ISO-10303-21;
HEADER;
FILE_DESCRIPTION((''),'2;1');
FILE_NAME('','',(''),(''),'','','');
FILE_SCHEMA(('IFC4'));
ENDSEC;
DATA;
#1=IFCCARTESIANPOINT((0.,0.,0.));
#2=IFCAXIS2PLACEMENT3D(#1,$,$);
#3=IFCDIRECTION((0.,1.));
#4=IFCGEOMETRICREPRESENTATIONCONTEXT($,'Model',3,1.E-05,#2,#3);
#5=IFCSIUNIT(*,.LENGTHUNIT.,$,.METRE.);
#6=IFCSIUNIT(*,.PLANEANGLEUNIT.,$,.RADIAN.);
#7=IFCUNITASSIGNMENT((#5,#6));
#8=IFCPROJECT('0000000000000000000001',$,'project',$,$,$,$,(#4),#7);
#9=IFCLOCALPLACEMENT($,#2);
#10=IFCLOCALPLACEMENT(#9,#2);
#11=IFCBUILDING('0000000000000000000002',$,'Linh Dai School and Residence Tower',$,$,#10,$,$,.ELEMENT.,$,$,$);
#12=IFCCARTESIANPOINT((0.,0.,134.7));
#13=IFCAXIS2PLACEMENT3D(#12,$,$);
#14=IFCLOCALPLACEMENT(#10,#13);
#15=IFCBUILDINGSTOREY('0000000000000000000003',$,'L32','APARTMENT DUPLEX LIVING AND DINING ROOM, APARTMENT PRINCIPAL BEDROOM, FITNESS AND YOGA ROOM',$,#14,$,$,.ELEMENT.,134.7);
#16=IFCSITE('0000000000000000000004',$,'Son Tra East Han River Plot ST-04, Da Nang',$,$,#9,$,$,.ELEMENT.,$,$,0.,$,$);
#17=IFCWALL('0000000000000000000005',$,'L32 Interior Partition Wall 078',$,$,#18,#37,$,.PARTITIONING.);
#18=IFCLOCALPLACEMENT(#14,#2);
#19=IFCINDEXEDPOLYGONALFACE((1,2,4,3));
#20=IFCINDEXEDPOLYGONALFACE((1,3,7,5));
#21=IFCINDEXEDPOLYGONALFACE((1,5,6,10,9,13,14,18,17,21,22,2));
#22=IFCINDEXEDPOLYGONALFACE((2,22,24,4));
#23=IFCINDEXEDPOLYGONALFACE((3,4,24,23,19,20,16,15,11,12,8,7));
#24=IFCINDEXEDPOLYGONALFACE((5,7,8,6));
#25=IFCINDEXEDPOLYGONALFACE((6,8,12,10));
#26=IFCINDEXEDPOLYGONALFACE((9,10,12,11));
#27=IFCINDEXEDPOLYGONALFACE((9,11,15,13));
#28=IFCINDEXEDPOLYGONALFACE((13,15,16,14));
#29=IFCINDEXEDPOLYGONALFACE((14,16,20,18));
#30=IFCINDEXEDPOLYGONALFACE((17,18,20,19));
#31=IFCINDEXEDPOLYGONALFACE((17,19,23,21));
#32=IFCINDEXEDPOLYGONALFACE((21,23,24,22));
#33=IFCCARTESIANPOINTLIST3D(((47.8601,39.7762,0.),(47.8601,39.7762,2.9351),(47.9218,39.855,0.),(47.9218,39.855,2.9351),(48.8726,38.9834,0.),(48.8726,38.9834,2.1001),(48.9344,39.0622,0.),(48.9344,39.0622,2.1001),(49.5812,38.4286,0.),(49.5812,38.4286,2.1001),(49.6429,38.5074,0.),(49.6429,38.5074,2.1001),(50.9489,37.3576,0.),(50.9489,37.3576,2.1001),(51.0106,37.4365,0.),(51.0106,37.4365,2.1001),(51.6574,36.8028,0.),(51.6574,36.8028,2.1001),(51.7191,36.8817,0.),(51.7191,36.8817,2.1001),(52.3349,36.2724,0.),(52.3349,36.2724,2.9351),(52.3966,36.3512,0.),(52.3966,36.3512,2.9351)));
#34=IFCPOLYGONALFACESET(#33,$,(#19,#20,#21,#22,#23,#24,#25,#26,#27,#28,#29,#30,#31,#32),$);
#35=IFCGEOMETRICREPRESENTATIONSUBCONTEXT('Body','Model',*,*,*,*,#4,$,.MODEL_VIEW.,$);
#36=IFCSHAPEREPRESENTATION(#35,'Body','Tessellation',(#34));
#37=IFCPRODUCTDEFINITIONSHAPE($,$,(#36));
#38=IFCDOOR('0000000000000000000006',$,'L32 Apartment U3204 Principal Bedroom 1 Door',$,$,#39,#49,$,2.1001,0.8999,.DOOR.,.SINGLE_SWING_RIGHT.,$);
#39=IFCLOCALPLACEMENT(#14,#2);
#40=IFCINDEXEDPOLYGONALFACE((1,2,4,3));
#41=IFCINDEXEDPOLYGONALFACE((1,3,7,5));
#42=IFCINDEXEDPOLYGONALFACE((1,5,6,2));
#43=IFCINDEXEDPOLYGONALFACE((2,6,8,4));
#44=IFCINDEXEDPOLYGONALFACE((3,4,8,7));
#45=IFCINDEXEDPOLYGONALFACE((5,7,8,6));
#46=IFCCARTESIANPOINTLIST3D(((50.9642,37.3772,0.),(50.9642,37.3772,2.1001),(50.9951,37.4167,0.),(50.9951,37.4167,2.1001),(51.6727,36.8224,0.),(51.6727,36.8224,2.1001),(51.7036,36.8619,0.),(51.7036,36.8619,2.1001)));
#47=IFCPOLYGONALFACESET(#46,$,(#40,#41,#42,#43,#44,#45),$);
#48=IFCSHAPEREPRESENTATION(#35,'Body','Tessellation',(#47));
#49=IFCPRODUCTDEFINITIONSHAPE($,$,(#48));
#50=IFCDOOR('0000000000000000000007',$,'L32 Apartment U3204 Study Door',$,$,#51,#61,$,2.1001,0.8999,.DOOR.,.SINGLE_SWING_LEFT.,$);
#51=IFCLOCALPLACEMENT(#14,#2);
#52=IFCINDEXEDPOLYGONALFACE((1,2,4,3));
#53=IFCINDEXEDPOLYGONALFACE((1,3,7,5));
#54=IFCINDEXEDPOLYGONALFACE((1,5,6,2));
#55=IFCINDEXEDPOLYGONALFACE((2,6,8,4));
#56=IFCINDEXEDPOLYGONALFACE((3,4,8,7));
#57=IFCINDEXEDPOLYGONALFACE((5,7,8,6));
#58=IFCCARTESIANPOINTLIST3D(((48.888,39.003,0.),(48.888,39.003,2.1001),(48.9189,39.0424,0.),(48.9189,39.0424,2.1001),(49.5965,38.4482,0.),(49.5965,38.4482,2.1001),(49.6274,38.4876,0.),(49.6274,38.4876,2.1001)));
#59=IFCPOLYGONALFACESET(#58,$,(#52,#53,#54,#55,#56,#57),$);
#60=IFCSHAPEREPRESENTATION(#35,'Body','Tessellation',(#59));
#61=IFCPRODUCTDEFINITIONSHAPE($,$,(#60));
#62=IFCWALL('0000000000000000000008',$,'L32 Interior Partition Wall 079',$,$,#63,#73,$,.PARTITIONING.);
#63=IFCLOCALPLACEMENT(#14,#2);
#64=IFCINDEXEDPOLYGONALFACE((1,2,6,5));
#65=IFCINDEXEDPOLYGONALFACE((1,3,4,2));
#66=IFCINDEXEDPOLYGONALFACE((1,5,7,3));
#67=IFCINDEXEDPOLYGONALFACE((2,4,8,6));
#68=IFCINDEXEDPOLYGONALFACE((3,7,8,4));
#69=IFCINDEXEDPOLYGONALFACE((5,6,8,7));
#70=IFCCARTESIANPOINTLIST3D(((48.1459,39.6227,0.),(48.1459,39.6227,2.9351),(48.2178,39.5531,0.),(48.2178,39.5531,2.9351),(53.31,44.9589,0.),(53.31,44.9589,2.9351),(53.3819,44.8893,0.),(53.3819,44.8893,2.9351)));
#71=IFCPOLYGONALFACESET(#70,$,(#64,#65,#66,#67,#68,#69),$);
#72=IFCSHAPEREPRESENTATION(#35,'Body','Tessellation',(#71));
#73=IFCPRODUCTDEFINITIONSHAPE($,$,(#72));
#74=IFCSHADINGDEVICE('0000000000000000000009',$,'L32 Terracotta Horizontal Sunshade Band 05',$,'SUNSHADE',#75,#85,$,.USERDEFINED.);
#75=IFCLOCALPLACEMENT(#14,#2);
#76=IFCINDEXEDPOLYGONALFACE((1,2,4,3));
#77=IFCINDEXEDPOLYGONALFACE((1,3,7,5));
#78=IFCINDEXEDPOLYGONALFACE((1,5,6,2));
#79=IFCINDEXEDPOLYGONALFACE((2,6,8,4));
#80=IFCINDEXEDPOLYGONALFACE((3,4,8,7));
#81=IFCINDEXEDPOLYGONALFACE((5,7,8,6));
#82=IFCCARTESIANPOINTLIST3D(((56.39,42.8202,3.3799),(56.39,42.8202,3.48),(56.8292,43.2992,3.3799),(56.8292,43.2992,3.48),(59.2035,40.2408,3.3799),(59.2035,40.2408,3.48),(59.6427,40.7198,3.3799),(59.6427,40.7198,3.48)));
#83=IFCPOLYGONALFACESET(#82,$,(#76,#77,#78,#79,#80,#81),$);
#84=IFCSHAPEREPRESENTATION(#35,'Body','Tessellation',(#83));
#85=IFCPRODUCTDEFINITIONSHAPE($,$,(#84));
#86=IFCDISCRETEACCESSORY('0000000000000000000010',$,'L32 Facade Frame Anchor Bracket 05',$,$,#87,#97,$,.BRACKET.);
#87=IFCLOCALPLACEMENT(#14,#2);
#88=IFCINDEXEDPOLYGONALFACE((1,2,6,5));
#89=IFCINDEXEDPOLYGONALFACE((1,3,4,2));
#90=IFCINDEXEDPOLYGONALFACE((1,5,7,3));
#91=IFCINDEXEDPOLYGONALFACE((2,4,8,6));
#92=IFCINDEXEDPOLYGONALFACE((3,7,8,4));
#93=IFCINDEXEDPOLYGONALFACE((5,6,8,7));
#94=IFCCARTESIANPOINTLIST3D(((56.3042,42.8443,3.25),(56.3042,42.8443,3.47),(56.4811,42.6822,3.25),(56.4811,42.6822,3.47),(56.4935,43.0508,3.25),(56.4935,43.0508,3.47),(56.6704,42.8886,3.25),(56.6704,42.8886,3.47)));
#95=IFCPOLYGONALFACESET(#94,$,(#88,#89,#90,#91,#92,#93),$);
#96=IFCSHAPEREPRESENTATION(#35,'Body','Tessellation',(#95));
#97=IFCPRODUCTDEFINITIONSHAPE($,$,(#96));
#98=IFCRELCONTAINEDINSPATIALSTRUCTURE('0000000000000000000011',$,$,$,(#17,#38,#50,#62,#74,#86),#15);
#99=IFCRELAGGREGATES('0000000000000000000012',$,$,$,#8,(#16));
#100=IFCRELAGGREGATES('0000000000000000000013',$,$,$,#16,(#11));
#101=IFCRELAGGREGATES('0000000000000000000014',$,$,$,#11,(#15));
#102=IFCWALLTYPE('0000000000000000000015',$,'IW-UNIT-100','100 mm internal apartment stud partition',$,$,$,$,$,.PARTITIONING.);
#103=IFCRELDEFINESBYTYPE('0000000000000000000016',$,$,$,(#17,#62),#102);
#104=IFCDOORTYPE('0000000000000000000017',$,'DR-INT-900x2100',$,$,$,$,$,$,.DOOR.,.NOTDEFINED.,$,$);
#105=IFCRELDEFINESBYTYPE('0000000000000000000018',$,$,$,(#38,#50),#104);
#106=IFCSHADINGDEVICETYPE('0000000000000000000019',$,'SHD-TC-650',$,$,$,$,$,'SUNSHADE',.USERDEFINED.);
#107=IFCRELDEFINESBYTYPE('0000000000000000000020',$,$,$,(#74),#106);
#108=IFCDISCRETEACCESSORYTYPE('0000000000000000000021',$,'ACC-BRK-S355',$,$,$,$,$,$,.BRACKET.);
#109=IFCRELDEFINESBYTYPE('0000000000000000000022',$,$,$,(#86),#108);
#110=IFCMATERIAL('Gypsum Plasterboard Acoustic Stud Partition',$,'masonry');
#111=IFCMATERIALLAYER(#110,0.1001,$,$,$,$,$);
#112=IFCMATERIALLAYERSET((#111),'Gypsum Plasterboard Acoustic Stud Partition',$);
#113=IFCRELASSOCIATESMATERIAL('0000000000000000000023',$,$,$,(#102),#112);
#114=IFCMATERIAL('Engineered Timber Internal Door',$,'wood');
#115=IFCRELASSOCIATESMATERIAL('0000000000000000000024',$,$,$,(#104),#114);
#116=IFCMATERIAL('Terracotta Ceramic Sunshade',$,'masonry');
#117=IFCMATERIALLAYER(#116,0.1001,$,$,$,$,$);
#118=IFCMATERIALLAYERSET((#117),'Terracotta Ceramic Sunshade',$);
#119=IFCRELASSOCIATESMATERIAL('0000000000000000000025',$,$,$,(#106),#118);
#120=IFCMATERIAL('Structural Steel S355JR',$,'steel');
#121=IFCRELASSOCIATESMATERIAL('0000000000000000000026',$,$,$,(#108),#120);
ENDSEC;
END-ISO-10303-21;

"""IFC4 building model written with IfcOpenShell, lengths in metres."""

from ifc_helpers import new_model, si_unit, direction, frame, frame_2d, origin, origin_2d, place, context, subcontext, project, spatial, rectangle, extrude, source, transform, mapped, material, layer, layer_set, type_object, element, fill, save


model = new_model("IFC4")

# Units and contexts
model_context = context("Model", 3, precision=1e-05, world=origin(), true_north=direction((0.0, 1.0)))
body_context = subcontext(model_context, "Body", "Model", "MODEL_VIEW")
ifc_project = project(units=[si_unit("LENGTHUNIT", "METRE"), si_unit("PLANEANGLEUNIT", "RADIAN")], contexts=[model_context])

# Site, building, storey
site_placement = place(None, origin())
site = spatial("IfcSite", under=ifc_project, at=site_placement, Name="Son Tra East Han River Plot ST-04, Da Nang", CompositionType="ELEMENT", RefElevation=0.0)
building_placement = place(site_placement, origin())
building = spatial("IfcBuilding", under=site, at=building_placement, Name="Linh Dai School and Residence Tower", CompositionType="ELEMENT")
storey_placement = place(building_placement, frame((0.0, 0.0, 134.7)))
storey = spatial("IfcBuildingStorey", under=building, at=storey_placement, Name="L32", Description="APARTMENT DUPLEX LIVING AND DINING ROOM, APARTMENT PRINCIPAL BEDROOM, FITNESS AND YOGA ROOM", CompositionType="ELEMENT", Elevation=134.7)

# Shared definitions
ifc_material_1 = material(Name="Structural Steel S355JR", Category="steel")

# Wall, openings, doors
ifc_material_2 = material(Name="Gypsum Plasterboard Acoustic Stud Partition", Category="masonry")
ifc_layer_1 = layer(ifc_material_2, 0.1001)
ifc_layer_set_1 = layer_set([ifc_layer_1], Name="Gypsum Plasterboard Acoustic Stud Partition")
wall_type_1 = type_object("IfcWallType", Name="IW-UNIT-100", Description="100 mm internal apartment stud partition", PredefinedType="PARTITIONING", material=ifc_layer_set_1)
wall_1_placement = place(storey_placement, frame((47.8909, 39.8157, 0.0), z_axis=(0.0, 0.0, 1.0), x_axis=(0.787347, -0.61651, 0.0)))
wall_1 = element("IfcWall", 1, at=wall_1_placement, inside=storey, type_object=wall_type_1, Name="L32 Interior Partition Wall 078", PredefinedType="PARTITIONING", context=body_context, shape_type="SweptSolid", body=[
    extrude(rectangle(XDim=5.6833, YDim=0.1001, at=frame_2d((2.8418, 0.0))), origin(), (0.0, 0.0, 1.0), 2.9351),
])
opening_1_placement = place(wall_1_placement, frame((3.9231, 0.0, 0.0)))
opening_1 = element("IfcOpeningElement", 2, at=opening_1_placement, cuts=wall_1, PredefinedType="OPENING", context=body_context, shape_type="SweptSolid", body=[
    extrude(rectangle(XDim=0.8999, YDim=2.1001, at=origin_2d()), frame((0.45, 0.0601, 1.05), z_axis=(0.0, -1.0, 0.0), x_axis=(1.0, 0.0, 0.0)), (0.0, 0.0, 1.0), 0.1201),
])
opening_2_placement = place(wall_1_placement, frame((1.2861, 0.0, 0.0)))
opening_2 = element("IfcOpeningElement", 3, at=opening_2_placement, cuts=wall_1, PredefinedType="OPENING", context=body_context, shape_type="SweptSolid", body=[
    extrude(rectangle(XDim=0.8999, YDim=2.1001, at=origin_2d()), frame((0.45, 0.0601, 1.05), z_axis=(0.0, -1.0, 0.0), x_axis=(1.0, 0.0, 0.0)), (0.0, 0.0, 1.0), 0.1201),
])
ifc_material_3 = material(Name="Engineered Timber Internal Door", Category="wood")
door_type = type_object("IfcDoorType", Name="DR-INT-900x2100", OperationType="NOTDEFINED", PredefinedType="DOOR", material=ifc_material_3)
shared_shape_1 = source(origin(), body_context, "Body", "SweptSolid", [
    extrude(rectangle(XDim=0.8999, YDim=2.1001, at=origin_2d()), frame((0.45, 0.0249, 1.05), z_axis=(0.0, -1.0, 0.0), x_axis=(1.0, 0.0, 0.0)), (0.0, 0.0, 1.0), 0.05),
])
door_1_placement = place(opening_1_placement, origin())
door_1 = element("IfcDoor", 4, at=door_1_placement, inside=storey, type_object=door_type, Name="L32 Apartment U3204 Principal Bedroom 1 Door", OperationType="SINGLE_SWING_RIGHT", OverallHeight=2.1001, OverallWidth=0.8999, PredefinedType="DOOR", context=body_context, shape_type="MappedRepresentation", body=[
    mapped(shared_shape_1, transform((0.0, 0.0, 0.0), x_axis=(1.0, 0.0, 0.0), y_axis=(0.0, 1.0, 0.0), z_axis=(0.0, 0.0, 1.0), scale=1.0)),
])
fill(opening_1, door_1)
door_2_placement = place(opening_2_placement, origin())
door_2 = element("IfcDoor", 5, at=door_2_placement, inside=storey, type_object=door_type, Name="L32 Apartment U3204 Study Door", OperationType="SINGLE_SWING_LEFT", OverallHeight=2.1001, OverallWidth=0.8999, PredefinedType="DOOR", context=body_context, shape_type="MappedRepresentation", body=[
    mapped(shared_shape_1, transform((0.0, 0.0, 0.0), x_axis=(1.0, 0.0, 0.0), y_axis=(0.0, 1.0, 0.0), z_axis=(0.0, 0.0, 1.0), scale=1.0)),
])
fill(opening_2, door_2)

# Wall
wall_2_placement = place(storey_placement, frame((48.1819, 39.5879, 0.0), z_axis=(0.0, 0.0, 1.0), x_axis=(0.695423, 0.718601, 0.0)))
element("IfcWall", 6, at=wall_2_placement, inside=storey, type_object=wall_type_1, Name="L32 Interior Partition Wall 079", PredefinedType="PARTITIONING", context=body_context, shape_type="SweptSolid", body=[
    extrude(rectangle(XDim=7.4258, YDim=0.1001, at=frame_2d((3.7129, 0.0))), origin(), (0.0, 0.0, 1.0), 2.9351),
])

# Shading device
ifc_material_4 = material(Name="Terracotta Ceramic Sunshade", Category="masonry")
ifc_layer_2 = layer(ifc_material_4, 0.1001)
ifc_layer_set_2 = layer_set([ifc_layer_2], Name="Terracotta Ceramic Sunshade")
shading_device_type = type_object("IfcShadingDeviceType", Name="SHD-TC-650", ElementType="SUNSHADE", PredefinedType="USERDEFINED", material=ifc_layer_set_2)
shared_shape_2 = source(origin(), body_context, "Body", "SweptSolid", [
    extrude(rectangle(XDim=3.8169, YDim=0.6499, at=origin_2d()), origin(), (0.0, 0.0, 1.0), 0.1001),
])
shading_device_placement = place(storey_placement, frame((58.0164, 41.77, 3.3799), z_axis=(0.0, 0.0, 1.0), x_axis=(0.7371, -0.675783, 0.0)))
element("IfcShadingDevice", 7, at=shading_device_placement, inside=storey, type_object=shading_device_type, Name="L32 Terracotta Horizontal Sunshade Band 05", ObjectType="SUNSHADE", PredefinedType="USERDEFINED", context=body_context, shape_type="MappedRepresentation", body=[
    mapped(shared_shape_2, transform((0.0, 0.0, 0.0), x_axis=(1.0, 0.0, 0.0), y_axis=(0.0, 1.0, 0.0), z_axis=(0.0, 0.0, 1.0), scale=1.0)),
])

# Discrete accessory
discrete_accessory_type = type_object("IfcDiscreteAccessoryType", Name="ACC-BRK-S355", PredefinedType="BRACKET", material=ifc_material_1)
shared_shape_3 = source(origin(), body_context, "Body", "SweptSolid", [
    extrude(rectangle(XDim=0.28, YDim=0.24, at=origin_2d()), origin(), (0.0, 0.0, 1.0), 0.22),
])
discrete_accessory_placement = place(storey_placement, frame((56.4873, 42.8665, 3.25), z_axis=(0.0, 0.0, 1.0), x_axis=(0.675783, 0.7371, 0.0)))
element("IfcDiscreteAccessory", 8, at=discrete_accessory_placement, inside=storey, type_object=discrete_accessory_type, Name="L32 Facade Frame Anchor Bracket 05", PredefinedType="BRACKET", context=body_context, shape_type="MappedRepresentation", body=[
    mapped(shared_shape_3, transform((0.0, 0.0, 0.0), x_axis=(1.0, 0.0, 0.0), y_axis=(0.0, 1.0, 0.0), z_axis=(0.0, 0.0, 1.0), scale=1.0)),
])

save(model, "model.ifc")
